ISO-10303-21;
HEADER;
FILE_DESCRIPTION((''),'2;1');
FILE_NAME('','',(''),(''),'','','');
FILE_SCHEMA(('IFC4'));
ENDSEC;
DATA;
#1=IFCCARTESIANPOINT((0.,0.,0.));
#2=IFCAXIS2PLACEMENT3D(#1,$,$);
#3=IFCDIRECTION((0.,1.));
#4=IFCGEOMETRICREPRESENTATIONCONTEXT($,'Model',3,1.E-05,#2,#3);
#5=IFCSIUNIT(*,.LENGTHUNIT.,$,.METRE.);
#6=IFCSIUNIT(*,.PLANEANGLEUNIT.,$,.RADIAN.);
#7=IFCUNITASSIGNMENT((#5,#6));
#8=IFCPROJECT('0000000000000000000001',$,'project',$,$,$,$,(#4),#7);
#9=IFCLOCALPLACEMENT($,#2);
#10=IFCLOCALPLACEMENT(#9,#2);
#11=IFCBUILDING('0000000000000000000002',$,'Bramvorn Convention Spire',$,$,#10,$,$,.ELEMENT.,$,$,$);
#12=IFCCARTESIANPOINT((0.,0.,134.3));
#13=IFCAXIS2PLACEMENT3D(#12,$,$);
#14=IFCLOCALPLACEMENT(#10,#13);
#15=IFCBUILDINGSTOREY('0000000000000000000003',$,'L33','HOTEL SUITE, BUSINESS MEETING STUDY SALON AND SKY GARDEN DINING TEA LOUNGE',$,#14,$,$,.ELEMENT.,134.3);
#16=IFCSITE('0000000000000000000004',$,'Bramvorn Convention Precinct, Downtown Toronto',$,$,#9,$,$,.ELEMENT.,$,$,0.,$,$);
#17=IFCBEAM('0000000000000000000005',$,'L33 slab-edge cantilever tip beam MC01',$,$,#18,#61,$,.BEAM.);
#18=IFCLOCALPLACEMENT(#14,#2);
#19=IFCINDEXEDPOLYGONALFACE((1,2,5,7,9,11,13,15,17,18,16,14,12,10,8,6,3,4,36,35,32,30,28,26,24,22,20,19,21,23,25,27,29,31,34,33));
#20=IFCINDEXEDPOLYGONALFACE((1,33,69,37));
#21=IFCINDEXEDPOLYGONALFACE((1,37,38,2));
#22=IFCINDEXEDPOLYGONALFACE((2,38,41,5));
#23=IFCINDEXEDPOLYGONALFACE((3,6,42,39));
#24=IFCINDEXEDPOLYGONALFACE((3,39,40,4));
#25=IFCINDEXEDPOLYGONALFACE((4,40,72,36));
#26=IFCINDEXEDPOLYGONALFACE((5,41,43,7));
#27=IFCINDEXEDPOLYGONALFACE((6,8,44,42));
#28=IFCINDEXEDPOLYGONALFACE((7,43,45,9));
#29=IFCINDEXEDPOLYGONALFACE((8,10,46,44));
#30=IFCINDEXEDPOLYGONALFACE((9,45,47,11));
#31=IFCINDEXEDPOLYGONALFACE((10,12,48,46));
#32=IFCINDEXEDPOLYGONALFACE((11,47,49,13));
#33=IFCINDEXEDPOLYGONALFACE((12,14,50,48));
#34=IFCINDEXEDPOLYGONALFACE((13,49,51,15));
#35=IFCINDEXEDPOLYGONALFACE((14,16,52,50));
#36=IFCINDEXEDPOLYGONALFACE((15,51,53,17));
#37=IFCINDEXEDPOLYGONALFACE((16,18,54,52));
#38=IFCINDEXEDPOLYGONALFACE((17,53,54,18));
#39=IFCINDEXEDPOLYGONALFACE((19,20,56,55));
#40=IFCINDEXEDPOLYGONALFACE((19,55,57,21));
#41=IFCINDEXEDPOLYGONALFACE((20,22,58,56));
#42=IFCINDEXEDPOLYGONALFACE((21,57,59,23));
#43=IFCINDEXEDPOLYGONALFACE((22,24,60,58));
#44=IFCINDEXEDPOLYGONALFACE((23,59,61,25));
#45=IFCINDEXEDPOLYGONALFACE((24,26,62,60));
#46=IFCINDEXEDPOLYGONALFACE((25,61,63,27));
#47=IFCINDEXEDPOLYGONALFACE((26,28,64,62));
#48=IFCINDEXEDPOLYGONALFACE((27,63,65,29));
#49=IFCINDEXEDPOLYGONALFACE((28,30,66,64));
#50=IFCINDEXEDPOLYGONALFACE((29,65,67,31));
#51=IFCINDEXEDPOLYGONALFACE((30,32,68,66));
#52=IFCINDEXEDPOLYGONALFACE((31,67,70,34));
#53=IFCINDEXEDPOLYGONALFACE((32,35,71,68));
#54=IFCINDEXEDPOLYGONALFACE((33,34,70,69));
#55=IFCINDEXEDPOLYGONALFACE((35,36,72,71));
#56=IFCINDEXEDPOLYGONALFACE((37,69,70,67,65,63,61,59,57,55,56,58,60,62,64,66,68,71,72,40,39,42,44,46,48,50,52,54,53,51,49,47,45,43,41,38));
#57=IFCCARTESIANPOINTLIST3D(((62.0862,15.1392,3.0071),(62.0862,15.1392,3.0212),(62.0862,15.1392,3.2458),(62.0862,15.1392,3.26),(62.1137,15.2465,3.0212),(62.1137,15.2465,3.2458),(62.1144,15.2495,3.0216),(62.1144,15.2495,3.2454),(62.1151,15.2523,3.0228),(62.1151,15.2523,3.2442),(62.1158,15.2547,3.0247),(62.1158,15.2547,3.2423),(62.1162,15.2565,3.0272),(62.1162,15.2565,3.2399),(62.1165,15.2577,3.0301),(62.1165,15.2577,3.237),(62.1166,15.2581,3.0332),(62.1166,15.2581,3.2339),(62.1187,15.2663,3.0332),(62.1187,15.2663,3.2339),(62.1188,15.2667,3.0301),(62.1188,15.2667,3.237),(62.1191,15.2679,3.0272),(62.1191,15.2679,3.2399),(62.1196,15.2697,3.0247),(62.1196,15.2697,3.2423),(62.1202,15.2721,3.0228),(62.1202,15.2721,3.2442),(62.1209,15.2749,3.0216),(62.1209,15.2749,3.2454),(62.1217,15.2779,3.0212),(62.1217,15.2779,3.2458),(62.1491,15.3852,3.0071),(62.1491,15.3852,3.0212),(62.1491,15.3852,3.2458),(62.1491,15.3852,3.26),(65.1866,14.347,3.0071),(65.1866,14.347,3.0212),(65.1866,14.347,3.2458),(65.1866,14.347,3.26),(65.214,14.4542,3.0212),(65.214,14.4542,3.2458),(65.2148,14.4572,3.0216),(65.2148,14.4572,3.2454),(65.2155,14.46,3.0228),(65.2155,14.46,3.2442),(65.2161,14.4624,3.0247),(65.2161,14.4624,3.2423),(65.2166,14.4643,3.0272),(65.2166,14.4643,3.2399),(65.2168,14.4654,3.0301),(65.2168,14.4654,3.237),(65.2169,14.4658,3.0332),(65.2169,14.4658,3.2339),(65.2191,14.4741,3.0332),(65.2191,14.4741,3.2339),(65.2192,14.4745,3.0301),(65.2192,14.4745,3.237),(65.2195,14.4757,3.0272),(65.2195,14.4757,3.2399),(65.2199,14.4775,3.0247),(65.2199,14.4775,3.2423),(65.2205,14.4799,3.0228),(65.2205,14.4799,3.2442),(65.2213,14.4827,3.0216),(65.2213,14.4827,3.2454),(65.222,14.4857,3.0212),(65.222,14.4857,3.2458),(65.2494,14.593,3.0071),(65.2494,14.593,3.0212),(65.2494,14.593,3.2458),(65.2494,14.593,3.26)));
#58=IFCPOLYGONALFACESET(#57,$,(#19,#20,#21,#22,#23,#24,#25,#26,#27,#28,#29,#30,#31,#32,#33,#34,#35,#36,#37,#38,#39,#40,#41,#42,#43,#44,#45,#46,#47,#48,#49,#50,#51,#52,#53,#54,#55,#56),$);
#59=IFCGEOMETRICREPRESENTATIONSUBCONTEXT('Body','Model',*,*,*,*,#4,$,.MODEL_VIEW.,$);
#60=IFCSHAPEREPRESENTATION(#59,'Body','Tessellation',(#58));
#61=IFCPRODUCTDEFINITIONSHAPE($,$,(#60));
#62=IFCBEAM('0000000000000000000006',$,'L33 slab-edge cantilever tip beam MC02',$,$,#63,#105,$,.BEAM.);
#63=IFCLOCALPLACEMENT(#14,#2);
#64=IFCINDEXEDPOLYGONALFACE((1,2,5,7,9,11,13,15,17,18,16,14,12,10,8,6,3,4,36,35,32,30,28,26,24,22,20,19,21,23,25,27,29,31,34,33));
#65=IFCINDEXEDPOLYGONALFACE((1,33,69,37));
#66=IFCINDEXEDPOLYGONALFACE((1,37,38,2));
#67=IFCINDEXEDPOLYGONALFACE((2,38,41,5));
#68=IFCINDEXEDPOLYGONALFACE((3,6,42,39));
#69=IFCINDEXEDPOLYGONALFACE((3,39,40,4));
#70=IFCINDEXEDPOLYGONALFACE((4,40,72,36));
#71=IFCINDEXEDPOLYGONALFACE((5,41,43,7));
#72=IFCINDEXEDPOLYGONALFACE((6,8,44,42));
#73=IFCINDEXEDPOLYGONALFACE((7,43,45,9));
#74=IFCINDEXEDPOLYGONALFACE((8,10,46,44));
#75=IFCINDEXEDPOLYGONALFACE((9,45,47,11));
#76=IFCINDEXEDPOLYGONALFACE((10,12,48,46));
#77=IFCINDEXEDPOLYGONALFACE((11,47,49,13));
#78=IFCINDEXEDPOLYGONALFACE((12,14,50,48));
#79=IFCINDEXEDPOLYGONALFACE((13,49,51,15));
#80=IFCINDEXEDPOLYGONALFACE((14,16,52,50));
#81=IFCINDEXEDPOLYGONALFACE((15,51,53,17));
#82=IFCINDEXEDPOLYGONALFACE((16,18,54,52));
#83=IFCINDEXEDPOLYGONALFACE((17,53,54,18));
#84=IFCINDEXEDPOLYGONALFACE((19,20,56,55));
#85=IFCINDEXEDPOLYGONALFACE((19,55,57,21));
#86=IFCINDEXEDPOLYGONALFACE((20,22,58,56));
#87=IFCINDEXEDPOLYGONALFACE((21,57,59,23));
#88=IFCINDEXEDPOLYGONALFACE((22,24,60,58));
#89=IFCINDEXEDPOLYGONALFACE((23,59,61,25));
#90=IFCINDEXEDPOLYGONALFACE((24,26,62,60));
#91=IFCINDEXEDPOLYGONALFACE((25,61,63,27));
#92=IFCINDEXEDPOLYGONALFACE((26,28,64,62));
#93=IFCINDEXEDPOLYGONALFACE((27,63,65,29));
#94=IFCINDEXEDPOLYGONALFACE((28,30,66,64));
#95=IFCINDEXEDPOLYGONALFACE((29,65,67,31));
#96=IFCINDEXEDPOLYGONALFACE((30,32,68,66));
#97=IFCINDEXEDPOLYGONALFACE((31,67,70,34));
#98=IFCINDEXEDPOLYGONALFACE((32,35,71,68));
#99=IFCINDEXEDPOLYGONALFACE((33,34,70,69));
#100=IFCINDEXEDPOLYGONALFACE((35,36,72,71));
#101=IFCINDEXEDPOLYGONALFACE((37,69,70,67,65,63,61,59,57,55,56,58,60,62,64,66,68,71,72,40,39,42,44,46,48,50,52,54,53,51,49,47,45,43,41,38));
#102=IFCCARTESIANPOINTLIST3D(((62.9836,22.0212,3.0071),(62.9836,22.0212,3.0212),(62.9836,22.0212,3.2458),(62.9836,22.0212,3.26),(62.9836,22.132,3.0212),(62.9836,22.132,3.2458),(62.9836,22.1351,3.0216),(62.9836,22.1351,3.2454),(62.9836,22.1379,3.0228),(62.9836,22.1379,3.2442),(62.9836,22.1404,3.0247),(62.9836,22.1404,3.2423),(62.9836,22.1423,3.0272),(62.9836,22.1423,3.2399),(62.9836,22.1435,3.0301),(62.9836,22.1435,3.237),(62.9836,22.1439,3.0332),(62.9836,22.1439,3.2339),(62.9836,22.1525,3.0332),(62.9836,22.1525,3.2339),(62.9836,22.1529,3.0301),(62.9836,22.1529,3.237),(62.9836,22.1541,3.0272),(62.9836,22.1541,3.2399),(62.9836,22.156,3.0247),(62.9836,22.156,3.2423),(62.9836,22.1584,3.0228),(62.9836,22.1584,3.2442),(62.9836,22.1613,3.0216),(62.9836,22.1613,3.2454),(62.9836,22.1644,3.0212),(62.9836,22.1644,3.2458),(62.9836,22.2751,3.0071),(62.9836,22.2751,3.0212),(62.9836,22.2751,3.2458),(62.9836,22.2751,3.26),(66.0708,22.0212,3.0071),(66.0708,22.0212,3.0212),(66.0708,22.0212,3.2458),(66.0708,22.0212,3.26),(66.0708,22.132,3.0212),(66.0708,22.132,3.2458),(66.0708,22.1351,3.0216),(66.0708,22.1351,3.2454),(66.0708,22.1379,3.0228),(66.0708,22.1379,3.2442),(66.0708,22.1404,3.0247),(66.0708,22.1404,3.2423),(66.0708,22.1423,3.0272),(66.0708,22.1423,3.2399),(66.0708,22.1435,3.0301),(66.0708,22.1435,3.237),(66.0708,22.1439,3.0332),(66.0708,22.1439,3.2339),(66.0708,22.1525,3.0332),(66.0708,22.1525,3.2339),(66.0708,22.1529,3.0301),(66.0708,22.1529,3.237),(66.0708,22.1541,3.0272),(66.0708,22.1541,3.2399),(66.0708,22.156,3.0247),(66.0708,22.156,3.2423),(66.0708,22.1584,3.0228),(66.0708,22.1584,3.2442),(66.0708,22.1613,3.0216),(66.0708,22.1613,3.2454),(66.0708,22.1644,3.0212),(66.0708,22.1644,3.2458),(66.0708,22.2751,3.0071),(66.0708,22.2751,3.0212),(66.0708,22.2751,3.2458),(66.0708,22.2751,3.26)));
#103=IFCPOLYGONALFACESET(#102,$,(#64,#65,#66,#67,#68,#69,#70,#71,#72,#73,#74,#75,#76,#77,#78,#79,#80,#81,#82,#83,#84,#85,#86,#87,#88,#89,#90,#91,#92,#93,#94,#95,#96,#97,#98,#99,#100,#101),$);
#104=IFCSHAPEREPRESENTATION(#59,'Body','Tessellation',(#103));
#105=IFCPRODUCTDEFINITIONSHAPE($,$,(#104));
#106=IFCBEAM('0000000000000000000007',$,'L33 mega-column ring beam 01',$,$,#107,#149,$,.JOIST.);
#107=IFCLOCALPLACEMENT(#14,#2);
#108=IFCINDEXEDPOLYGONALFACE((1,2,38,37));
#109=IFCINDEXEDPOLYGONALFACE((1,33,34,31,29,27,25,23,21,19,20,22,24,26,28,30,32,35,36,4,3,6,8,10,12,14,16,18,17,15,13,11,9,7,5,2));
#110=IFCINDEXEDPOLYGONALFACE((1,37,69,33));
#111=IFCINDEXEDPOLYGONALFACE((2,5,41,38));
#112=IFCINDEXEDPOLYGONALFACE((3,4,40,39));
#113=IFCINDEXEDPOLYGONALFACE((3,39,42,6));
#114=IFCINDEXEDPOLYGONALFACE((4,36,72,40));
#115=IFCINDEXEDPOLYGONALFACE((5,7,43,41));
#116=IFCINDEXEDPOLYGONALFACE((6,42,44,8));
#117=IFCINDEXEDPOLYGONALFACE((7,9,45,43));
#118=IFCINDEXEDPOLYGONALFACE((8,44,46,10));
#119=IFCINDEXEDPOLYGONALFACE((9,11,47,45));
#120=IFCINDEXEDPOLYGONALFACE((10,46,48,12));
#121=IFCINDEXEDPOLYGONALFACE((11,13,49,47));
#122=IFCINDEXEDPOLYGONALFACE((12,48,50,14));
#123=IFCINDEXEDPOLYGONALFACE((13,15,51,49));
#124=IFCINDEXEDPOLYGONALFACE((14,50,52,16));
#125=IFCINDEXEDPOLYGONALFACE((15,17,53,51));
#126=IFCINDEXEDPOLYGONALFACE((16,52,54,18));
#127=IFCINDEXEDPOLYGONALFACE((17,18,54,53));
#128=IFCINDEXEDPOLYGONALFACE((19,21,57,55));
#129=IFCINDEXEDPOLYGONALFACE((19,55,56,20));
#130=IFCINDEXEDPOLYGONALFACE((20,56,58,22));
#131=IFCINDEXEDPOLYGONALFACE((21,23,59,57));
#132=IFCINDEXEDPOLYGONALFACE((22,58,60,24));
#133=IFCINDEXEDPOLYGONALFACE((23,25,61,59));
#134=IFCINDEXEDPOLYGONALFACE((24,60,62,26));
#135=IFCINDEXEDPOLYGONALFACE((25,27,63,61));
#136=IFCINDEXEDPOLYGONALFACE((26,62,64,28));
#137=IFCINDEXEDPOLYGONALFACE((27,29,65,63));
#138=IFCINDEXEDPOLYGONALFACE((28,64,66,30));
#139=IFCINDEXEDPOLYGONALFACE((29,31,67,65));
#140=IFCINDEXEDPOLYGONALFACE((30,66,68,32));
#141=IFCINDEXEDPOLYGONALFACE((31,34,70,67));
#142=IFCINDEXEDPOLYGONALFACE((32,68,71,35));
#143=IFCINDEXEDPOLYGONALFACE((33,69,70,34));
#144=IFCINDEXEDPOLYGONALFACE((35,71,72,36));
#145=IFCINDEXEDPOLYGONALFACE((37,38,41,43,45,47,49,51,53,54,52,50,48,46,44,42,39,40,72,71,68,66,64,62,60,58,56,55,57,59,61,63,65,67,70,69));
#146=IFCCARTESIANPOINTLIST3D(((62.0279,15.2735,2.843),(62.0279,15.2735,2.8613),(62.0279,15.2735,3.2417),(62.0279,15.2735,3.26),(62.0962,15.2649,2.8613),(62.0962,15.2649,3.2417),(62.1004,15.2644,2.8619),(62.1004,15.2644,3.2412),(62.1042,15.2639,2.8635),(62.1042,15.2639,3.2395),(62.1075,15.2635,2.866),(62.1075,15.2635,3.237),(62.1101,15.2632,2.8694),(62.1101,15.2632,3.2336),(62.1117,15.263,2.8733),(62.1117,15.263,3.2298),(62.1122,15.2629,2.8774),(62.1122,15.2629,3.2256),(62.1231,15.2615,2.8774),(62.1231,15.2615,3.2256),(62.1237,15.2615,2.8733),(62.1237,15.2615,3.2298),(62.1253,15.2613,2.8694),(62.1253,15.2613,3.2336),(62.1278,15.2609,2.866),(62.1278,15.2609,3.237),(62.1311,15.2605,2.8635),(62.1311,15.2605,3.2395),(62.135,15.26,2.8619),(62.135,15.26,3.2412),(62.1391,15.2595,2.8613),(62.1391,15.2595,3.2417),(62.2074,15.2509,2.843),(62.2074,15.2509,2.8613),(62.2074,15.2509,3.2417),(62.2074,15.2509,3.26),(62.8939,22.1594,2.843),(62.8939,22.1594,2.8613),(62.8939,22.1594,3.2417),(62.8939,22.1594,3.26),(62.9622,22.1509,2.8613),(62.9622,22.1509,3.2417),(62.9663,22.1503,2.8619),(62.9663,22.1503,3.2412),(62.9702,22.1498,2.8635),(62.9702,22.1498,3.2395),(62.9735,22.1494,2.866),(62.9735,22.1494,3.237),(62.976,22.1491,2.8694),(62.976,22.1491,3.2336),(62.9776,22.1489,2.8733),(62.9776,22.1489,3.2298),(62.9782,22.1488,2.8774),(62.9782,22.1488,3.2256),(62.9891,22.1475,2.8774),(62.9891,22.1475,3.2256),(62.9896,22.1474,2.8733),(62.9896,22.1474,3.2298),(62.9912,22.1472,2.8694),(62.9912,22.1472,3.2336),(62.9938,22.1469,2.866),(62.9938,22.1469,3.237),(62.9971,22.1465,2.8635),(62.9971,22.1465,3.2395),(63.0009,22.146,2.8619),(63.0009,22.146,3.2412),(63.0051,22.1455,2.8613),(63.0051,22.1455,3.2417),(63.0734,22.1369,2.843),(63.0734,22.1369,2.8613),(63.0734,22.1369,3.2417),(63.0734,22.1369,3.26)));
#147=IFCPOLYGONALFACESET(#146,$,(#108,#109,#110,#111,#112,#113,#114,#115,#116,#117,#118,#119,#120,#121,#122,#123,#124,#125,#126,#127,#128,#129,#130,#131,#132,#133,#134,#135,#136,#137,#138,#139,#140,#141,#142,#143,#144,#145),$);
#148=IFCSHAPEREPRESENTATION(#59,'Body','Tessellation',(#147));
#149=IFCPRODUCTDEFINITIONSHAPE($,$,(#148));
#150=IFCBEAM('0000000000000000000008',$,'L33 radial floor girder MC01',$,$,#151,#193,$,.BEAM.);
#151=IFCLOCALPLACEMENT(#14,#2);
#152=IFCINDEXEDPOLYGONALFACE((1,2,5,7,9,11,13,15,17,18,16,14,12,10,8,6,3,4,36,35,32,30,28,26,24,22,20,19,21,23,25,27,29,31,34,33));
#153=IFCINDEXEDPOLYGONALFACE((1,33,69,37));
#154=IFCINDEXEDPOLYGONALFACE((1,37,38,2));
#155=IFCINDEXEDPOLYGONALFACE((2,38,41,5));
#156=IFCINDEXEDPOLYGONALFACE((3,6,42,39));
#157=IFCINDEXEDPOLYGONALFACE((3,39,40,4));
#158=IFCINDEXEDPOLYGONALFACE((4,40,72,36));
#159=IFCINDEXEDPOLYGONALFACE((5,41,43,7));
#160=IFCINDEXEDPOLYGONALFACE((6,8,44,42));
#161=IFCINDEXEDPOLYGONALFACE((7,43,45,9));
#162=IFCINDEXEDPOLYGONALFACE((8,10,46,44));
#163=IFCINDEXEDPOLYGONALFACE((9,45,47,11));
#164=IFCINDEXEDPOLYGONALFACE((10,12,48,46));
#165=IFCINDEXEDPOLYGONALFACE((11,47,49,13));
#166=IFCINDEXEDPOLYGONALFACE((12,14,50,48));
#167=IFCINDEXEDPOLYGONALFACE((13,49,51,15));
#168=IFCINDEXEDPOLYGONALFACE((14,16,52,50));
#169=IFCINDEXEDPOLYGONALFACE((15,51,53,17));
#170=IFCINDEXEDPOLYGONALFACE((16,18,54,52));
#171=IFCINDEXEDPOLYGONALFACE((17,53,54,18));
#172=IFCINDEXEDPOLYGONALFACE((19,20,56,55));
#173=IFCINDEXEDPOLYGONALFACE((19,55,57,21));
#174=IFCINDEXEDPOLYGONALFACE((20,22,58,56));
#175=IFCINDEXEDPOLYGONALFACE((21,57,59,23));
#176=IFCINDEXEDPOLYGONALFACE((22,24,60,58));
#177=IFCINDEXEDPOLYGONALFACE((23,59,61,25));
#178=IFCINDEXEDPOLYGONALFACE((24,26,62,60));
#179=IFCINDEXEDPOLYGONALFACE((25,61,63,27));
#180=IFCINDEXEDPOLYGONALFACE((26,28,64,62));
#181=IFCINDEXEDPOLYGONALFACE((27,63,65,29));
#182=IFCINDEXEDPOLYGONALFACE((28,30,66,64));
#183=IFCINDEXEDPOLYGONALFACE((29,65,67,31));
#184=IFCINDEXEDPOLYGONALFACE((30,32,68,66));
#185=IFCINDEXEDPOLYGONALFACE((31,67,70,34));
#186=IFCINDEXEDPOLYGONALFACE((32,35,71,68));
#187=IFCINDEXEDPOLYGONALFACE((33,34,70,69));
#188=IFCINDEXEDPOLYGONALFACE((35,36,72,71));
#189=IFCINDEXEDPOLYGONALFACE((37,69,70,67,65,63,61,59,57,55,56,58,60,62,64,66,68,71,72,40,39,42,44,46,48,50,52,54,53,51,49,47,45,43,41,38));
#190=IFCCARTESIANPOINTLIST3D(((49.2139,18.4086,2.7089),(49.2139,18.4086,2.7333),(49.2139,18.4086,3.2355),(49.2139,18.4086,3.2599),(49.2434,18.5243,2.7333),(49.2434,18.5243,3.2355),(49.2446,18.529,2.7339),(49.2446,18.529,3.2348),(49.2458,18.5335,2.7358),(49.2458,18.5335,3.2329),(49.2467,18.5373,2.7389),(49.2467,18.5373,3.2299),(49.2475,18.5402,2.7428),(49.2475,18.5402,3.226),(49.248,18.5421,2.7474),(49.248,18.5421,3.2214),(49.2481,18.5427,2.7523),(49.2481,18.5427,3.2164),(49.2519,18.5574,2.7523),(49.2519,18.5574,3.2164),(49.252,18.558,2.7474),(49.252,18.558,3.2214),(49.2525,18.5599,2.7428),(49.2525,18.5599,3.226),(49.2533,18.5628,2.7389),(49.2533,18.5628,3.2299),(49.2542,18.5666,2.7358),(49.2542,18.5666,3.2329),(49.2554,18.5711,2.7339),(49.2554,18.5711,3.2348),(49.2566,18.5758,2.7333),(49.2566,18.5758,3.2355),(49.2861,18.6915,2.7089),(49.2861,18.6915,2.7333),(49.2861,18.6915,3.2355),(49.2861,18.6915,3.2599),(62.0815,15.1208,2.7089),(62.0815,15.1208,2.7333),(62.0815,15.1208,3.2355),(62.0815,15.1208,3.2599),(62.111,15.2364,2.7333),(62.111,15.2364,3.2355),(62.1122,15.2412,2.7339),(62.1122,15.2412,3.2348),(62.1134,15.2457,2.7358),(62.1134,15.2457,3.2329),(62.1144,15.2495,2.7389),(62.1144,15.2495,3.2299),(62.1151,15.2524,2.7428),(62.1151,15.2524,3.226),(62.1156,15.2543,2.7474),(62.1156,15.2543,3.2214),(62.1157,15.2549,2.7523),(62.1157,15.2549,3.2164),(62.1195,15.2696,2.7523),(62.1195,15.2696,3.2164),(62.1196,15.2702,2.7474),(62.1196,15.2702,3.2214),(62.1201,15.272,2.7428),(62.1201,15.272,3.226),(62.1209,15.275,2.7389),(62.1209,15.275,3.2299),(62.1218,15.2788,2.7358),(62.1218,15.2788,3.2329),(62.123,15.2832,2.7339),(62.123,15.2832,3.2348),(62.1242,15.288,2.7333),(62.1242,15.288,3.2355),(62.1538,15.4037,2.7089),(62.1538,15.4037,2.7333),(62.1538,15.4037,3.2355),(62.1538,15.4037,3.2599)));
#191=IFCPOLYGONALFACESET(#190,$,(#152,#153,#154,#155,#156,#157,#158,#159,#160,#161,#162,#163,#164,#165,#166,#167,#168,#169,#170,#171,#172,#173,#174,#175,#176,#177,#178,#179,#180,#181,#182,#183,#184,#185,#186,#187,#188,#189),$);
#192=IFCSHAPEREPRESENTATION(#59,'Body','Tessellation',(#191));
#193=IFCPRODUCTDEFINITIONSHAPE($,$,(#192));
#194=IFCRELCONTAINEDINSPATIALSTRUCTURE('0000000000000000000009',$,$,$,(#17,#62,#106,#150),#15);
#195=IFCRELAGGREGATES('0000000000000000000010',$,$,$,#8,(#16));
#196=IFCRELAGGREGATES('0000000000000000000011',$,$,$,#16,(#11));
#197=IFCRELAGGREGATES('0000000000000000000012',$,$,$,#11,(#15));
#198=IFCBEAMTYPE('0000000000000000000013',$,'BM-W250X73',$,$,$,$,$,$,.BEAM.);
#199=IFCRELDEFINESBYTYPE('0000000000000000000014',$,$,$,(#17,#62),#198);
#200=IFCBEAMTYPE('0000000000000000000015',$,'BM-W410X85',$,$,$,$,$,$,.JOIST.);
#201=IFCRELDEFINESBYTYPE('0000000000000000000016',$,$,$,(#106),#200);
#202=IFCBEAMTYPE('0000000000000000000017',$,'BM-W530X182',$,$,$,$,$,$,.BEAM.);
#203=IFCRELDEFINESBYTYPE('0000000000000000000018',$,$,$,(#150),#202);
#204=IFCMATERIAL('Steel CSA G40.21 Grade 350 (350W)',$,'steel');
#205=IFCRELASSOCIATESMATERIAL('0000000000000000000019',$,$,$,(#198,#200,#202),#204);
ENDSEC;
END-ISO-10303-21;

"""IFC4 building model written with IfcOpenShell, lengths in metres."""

from ifc_helpers import new_model, si_unit, direction, frame, origin, origin_2d, place, context, subcontext, project, spatial, i_section, extrude, material, material_profile, profile_set, type_object, element, save


model = new_model("IFC4")

# Units and contexts
model_context = context("Model", 3, precision=1e-05, world=origin(), true_north=direction((0.0, 1.0)))
body_context = subcontext(model_context, "Body", "Model", "MODEL_VIEW")
ifc_project = project(units=[si_unit("LENGTHUNIT", "METRE"), si_unit("PLANEANGLEUNIT", "RADIAN")], contexts=[model_context])

# Site, building, storey
site_placement = place(None, origin())
site = spatial("IfcSite", under=ifc_project, at=site_placement, Name="Bramvorn Convention Precinct, Downtown Toronto", CompositionType="ELEMENT", RefElevation=0.0)
building_placement = place(site_placement, origin())
building = spatial("IfcBuilding", under=site, at=building_placement, Name="Bramvorn Convention Spire", CompositionType="ELEMENT")
storey_placement = place(building_placement, frame((0.0, 0.0, 134.3)))
storey = spatial("IfcBuildingStorey", under=building, at=storey_placement, Name="L33", Description="HOTEL SUITE, BUSINESS MEETING STUDY SALON AND SKY GARDEN DINING TEA LOUNGE", CompositionType="ELEMENT", Elevation=134.3)

# Shared definitions
ifc_material_1 = material(Name="Steel CSA G40.21 Grade 350 (350W)", Category="steel")

# Beams
ifc_material_profile_1 = material_profile(ifc_material_1, i_section(OverallWidth=0.2539, OverallDepth=0.2529, WebThickness=0.0085, FlangeThickness=0.0142, FilletRadius=0.012, at=origin_2d()))
ifc_profile_set_1 = profile_set([ifc_material_profile_1], Name="Steel CSA G40.21 Grade 350 (350W) - W250X73")
beam_type_1 = type_object("IfcBeamType", Name="BM-W250X73", PredefinedType="BEAM", material=ifc_profile_set_1)
beam_1_placement = place(storey_placement, frame((62.1177, 15.2622, 3.1335), z_axis=(0.968868, -0.247577, 0.0), x_axis=(0.247577, 0.968868, 0.0)))
element("IfcBeam", 1, at=beam_1_placement, inside=storey, type_object=beam_type_1, Name="L33 slab-edge cantilever tip beam MC01", PredefinedType="BEAM", context=body_context, shape_type="SweptSolid", body=[
    extrude(i_section(OverallWidth=0.2539, OverallDepth=0.2529, WebThickness=0.0085, FlangeThickness=0.0142, FilletRadius=0.012, at=origin_2d()), origin(), (0.0, 0.0, 1.0), 3.2),
])
beam_2_placement = place(storey_placement, frame((62.9836, 22.1482, 3.1335), z_axis=(1.0, 0.0, 0.0), x_axis=(0.0, 1.0, 0.0)))
element("IfcBeam", 2, at=beam_2_placement, inside=storey, type_object=beam_type_1, Name="L33 slab-edge cantilever tip beam MC02", PredefinedType="BEAM", context=body_context, shape_type="SweptSolid", body=[
    extrude(i_section(OverallWidth=0.2539, OverallDepth=0.2529, WebThickness=0.0085, FlangeThickness=0.0142, FilletRadius=0.012, at=origin_2d()), origin(), (0.0, 0.0, 1.0), 3.0872),
])
ifc_material_profile_2 = material_profile(ifc_material_1, i_section(OverallWidth=0.1809, OverallDepth=0.417, WebThickness=0.011, FlangeThickness=0.0183, FilletRadius=0.0161, at=origin_2d()))
ifc_profile_set_2 = profile_set([ifc_material_profile_2], Name="Steel CSA G40.21 Grade 350 (350W) - W410X85")
beam_type_2 = type_object("IfcBeamType", Name="BM-W410X85", PredefinedType="JOIST", material=ifc_profile_set_2)
beam_3_placement = place(storey_placement, frame((62.1177, 15.2622, 3.0515), z_axis=(0.124775, 0.992185, 0.0), x_axis=(-0.992185, 0.124775, 0.0)))
element("IfcBeam", 3, at=beam_3_placement, inside=storey, type_object=beam_type_2, Name="L33 mega-column ring beam 01", PredefinedType="JOIST", context=body_context, shape_type="SweptSolid", body=[
    extrude(i_section(OverallWidth=0.1809, OverallDepth=0.417, WebThickness=0.011, FlangeThickness=0.0183, FilletRadius=0.0161, at=origin_2d()), origin(), (0.0, 0.0, 1.0), 6.9402),
])
ifc_material_profile_3 = material_profile(ifc_material_1, i_section(OverallWidth=0.292, OverallDepth=0.551, WebThickness=0.0151, FlangeThickness=0.0244, FilletRadius=0.019, at=origin_2d()))
ifc_profile_set_3 = profile_set([ifc_material_profile_3], Name="Steel CSA G40.21 Grade 350 (350W) - W530X182")
beam_type_3 = type_object("IfcBeamType", Name="BM-W530X182", PredefinedType="BEAM", material=ifc_profile_set_3)
beam_4_placement = place(storey_placement, frame((49.25, 18.55, 2.9844), z_axis=(0.968873, -0.247558, 0.0), x_axis=(0.247558, 0.968873, 0.0)))
element("IfcBeam", 4, at=beam_4_placement, inside=storey, type_object=beam_type_3, Name="L33 radial floor girder MC01", PredefinedType="BEAM", context=body_context, shape_type="SweptSolid", body=[
    extrude(i_section(OverallWidth=0.292, OverallDepth=0.551, WebThickness=0.0151, FlangeThickness=0.0244, FilletRadius=0.019, at=origin_2d()), origin(), (0.0, 0.0, 1.0), 13.281),
])

save(model, "model.ifc")
